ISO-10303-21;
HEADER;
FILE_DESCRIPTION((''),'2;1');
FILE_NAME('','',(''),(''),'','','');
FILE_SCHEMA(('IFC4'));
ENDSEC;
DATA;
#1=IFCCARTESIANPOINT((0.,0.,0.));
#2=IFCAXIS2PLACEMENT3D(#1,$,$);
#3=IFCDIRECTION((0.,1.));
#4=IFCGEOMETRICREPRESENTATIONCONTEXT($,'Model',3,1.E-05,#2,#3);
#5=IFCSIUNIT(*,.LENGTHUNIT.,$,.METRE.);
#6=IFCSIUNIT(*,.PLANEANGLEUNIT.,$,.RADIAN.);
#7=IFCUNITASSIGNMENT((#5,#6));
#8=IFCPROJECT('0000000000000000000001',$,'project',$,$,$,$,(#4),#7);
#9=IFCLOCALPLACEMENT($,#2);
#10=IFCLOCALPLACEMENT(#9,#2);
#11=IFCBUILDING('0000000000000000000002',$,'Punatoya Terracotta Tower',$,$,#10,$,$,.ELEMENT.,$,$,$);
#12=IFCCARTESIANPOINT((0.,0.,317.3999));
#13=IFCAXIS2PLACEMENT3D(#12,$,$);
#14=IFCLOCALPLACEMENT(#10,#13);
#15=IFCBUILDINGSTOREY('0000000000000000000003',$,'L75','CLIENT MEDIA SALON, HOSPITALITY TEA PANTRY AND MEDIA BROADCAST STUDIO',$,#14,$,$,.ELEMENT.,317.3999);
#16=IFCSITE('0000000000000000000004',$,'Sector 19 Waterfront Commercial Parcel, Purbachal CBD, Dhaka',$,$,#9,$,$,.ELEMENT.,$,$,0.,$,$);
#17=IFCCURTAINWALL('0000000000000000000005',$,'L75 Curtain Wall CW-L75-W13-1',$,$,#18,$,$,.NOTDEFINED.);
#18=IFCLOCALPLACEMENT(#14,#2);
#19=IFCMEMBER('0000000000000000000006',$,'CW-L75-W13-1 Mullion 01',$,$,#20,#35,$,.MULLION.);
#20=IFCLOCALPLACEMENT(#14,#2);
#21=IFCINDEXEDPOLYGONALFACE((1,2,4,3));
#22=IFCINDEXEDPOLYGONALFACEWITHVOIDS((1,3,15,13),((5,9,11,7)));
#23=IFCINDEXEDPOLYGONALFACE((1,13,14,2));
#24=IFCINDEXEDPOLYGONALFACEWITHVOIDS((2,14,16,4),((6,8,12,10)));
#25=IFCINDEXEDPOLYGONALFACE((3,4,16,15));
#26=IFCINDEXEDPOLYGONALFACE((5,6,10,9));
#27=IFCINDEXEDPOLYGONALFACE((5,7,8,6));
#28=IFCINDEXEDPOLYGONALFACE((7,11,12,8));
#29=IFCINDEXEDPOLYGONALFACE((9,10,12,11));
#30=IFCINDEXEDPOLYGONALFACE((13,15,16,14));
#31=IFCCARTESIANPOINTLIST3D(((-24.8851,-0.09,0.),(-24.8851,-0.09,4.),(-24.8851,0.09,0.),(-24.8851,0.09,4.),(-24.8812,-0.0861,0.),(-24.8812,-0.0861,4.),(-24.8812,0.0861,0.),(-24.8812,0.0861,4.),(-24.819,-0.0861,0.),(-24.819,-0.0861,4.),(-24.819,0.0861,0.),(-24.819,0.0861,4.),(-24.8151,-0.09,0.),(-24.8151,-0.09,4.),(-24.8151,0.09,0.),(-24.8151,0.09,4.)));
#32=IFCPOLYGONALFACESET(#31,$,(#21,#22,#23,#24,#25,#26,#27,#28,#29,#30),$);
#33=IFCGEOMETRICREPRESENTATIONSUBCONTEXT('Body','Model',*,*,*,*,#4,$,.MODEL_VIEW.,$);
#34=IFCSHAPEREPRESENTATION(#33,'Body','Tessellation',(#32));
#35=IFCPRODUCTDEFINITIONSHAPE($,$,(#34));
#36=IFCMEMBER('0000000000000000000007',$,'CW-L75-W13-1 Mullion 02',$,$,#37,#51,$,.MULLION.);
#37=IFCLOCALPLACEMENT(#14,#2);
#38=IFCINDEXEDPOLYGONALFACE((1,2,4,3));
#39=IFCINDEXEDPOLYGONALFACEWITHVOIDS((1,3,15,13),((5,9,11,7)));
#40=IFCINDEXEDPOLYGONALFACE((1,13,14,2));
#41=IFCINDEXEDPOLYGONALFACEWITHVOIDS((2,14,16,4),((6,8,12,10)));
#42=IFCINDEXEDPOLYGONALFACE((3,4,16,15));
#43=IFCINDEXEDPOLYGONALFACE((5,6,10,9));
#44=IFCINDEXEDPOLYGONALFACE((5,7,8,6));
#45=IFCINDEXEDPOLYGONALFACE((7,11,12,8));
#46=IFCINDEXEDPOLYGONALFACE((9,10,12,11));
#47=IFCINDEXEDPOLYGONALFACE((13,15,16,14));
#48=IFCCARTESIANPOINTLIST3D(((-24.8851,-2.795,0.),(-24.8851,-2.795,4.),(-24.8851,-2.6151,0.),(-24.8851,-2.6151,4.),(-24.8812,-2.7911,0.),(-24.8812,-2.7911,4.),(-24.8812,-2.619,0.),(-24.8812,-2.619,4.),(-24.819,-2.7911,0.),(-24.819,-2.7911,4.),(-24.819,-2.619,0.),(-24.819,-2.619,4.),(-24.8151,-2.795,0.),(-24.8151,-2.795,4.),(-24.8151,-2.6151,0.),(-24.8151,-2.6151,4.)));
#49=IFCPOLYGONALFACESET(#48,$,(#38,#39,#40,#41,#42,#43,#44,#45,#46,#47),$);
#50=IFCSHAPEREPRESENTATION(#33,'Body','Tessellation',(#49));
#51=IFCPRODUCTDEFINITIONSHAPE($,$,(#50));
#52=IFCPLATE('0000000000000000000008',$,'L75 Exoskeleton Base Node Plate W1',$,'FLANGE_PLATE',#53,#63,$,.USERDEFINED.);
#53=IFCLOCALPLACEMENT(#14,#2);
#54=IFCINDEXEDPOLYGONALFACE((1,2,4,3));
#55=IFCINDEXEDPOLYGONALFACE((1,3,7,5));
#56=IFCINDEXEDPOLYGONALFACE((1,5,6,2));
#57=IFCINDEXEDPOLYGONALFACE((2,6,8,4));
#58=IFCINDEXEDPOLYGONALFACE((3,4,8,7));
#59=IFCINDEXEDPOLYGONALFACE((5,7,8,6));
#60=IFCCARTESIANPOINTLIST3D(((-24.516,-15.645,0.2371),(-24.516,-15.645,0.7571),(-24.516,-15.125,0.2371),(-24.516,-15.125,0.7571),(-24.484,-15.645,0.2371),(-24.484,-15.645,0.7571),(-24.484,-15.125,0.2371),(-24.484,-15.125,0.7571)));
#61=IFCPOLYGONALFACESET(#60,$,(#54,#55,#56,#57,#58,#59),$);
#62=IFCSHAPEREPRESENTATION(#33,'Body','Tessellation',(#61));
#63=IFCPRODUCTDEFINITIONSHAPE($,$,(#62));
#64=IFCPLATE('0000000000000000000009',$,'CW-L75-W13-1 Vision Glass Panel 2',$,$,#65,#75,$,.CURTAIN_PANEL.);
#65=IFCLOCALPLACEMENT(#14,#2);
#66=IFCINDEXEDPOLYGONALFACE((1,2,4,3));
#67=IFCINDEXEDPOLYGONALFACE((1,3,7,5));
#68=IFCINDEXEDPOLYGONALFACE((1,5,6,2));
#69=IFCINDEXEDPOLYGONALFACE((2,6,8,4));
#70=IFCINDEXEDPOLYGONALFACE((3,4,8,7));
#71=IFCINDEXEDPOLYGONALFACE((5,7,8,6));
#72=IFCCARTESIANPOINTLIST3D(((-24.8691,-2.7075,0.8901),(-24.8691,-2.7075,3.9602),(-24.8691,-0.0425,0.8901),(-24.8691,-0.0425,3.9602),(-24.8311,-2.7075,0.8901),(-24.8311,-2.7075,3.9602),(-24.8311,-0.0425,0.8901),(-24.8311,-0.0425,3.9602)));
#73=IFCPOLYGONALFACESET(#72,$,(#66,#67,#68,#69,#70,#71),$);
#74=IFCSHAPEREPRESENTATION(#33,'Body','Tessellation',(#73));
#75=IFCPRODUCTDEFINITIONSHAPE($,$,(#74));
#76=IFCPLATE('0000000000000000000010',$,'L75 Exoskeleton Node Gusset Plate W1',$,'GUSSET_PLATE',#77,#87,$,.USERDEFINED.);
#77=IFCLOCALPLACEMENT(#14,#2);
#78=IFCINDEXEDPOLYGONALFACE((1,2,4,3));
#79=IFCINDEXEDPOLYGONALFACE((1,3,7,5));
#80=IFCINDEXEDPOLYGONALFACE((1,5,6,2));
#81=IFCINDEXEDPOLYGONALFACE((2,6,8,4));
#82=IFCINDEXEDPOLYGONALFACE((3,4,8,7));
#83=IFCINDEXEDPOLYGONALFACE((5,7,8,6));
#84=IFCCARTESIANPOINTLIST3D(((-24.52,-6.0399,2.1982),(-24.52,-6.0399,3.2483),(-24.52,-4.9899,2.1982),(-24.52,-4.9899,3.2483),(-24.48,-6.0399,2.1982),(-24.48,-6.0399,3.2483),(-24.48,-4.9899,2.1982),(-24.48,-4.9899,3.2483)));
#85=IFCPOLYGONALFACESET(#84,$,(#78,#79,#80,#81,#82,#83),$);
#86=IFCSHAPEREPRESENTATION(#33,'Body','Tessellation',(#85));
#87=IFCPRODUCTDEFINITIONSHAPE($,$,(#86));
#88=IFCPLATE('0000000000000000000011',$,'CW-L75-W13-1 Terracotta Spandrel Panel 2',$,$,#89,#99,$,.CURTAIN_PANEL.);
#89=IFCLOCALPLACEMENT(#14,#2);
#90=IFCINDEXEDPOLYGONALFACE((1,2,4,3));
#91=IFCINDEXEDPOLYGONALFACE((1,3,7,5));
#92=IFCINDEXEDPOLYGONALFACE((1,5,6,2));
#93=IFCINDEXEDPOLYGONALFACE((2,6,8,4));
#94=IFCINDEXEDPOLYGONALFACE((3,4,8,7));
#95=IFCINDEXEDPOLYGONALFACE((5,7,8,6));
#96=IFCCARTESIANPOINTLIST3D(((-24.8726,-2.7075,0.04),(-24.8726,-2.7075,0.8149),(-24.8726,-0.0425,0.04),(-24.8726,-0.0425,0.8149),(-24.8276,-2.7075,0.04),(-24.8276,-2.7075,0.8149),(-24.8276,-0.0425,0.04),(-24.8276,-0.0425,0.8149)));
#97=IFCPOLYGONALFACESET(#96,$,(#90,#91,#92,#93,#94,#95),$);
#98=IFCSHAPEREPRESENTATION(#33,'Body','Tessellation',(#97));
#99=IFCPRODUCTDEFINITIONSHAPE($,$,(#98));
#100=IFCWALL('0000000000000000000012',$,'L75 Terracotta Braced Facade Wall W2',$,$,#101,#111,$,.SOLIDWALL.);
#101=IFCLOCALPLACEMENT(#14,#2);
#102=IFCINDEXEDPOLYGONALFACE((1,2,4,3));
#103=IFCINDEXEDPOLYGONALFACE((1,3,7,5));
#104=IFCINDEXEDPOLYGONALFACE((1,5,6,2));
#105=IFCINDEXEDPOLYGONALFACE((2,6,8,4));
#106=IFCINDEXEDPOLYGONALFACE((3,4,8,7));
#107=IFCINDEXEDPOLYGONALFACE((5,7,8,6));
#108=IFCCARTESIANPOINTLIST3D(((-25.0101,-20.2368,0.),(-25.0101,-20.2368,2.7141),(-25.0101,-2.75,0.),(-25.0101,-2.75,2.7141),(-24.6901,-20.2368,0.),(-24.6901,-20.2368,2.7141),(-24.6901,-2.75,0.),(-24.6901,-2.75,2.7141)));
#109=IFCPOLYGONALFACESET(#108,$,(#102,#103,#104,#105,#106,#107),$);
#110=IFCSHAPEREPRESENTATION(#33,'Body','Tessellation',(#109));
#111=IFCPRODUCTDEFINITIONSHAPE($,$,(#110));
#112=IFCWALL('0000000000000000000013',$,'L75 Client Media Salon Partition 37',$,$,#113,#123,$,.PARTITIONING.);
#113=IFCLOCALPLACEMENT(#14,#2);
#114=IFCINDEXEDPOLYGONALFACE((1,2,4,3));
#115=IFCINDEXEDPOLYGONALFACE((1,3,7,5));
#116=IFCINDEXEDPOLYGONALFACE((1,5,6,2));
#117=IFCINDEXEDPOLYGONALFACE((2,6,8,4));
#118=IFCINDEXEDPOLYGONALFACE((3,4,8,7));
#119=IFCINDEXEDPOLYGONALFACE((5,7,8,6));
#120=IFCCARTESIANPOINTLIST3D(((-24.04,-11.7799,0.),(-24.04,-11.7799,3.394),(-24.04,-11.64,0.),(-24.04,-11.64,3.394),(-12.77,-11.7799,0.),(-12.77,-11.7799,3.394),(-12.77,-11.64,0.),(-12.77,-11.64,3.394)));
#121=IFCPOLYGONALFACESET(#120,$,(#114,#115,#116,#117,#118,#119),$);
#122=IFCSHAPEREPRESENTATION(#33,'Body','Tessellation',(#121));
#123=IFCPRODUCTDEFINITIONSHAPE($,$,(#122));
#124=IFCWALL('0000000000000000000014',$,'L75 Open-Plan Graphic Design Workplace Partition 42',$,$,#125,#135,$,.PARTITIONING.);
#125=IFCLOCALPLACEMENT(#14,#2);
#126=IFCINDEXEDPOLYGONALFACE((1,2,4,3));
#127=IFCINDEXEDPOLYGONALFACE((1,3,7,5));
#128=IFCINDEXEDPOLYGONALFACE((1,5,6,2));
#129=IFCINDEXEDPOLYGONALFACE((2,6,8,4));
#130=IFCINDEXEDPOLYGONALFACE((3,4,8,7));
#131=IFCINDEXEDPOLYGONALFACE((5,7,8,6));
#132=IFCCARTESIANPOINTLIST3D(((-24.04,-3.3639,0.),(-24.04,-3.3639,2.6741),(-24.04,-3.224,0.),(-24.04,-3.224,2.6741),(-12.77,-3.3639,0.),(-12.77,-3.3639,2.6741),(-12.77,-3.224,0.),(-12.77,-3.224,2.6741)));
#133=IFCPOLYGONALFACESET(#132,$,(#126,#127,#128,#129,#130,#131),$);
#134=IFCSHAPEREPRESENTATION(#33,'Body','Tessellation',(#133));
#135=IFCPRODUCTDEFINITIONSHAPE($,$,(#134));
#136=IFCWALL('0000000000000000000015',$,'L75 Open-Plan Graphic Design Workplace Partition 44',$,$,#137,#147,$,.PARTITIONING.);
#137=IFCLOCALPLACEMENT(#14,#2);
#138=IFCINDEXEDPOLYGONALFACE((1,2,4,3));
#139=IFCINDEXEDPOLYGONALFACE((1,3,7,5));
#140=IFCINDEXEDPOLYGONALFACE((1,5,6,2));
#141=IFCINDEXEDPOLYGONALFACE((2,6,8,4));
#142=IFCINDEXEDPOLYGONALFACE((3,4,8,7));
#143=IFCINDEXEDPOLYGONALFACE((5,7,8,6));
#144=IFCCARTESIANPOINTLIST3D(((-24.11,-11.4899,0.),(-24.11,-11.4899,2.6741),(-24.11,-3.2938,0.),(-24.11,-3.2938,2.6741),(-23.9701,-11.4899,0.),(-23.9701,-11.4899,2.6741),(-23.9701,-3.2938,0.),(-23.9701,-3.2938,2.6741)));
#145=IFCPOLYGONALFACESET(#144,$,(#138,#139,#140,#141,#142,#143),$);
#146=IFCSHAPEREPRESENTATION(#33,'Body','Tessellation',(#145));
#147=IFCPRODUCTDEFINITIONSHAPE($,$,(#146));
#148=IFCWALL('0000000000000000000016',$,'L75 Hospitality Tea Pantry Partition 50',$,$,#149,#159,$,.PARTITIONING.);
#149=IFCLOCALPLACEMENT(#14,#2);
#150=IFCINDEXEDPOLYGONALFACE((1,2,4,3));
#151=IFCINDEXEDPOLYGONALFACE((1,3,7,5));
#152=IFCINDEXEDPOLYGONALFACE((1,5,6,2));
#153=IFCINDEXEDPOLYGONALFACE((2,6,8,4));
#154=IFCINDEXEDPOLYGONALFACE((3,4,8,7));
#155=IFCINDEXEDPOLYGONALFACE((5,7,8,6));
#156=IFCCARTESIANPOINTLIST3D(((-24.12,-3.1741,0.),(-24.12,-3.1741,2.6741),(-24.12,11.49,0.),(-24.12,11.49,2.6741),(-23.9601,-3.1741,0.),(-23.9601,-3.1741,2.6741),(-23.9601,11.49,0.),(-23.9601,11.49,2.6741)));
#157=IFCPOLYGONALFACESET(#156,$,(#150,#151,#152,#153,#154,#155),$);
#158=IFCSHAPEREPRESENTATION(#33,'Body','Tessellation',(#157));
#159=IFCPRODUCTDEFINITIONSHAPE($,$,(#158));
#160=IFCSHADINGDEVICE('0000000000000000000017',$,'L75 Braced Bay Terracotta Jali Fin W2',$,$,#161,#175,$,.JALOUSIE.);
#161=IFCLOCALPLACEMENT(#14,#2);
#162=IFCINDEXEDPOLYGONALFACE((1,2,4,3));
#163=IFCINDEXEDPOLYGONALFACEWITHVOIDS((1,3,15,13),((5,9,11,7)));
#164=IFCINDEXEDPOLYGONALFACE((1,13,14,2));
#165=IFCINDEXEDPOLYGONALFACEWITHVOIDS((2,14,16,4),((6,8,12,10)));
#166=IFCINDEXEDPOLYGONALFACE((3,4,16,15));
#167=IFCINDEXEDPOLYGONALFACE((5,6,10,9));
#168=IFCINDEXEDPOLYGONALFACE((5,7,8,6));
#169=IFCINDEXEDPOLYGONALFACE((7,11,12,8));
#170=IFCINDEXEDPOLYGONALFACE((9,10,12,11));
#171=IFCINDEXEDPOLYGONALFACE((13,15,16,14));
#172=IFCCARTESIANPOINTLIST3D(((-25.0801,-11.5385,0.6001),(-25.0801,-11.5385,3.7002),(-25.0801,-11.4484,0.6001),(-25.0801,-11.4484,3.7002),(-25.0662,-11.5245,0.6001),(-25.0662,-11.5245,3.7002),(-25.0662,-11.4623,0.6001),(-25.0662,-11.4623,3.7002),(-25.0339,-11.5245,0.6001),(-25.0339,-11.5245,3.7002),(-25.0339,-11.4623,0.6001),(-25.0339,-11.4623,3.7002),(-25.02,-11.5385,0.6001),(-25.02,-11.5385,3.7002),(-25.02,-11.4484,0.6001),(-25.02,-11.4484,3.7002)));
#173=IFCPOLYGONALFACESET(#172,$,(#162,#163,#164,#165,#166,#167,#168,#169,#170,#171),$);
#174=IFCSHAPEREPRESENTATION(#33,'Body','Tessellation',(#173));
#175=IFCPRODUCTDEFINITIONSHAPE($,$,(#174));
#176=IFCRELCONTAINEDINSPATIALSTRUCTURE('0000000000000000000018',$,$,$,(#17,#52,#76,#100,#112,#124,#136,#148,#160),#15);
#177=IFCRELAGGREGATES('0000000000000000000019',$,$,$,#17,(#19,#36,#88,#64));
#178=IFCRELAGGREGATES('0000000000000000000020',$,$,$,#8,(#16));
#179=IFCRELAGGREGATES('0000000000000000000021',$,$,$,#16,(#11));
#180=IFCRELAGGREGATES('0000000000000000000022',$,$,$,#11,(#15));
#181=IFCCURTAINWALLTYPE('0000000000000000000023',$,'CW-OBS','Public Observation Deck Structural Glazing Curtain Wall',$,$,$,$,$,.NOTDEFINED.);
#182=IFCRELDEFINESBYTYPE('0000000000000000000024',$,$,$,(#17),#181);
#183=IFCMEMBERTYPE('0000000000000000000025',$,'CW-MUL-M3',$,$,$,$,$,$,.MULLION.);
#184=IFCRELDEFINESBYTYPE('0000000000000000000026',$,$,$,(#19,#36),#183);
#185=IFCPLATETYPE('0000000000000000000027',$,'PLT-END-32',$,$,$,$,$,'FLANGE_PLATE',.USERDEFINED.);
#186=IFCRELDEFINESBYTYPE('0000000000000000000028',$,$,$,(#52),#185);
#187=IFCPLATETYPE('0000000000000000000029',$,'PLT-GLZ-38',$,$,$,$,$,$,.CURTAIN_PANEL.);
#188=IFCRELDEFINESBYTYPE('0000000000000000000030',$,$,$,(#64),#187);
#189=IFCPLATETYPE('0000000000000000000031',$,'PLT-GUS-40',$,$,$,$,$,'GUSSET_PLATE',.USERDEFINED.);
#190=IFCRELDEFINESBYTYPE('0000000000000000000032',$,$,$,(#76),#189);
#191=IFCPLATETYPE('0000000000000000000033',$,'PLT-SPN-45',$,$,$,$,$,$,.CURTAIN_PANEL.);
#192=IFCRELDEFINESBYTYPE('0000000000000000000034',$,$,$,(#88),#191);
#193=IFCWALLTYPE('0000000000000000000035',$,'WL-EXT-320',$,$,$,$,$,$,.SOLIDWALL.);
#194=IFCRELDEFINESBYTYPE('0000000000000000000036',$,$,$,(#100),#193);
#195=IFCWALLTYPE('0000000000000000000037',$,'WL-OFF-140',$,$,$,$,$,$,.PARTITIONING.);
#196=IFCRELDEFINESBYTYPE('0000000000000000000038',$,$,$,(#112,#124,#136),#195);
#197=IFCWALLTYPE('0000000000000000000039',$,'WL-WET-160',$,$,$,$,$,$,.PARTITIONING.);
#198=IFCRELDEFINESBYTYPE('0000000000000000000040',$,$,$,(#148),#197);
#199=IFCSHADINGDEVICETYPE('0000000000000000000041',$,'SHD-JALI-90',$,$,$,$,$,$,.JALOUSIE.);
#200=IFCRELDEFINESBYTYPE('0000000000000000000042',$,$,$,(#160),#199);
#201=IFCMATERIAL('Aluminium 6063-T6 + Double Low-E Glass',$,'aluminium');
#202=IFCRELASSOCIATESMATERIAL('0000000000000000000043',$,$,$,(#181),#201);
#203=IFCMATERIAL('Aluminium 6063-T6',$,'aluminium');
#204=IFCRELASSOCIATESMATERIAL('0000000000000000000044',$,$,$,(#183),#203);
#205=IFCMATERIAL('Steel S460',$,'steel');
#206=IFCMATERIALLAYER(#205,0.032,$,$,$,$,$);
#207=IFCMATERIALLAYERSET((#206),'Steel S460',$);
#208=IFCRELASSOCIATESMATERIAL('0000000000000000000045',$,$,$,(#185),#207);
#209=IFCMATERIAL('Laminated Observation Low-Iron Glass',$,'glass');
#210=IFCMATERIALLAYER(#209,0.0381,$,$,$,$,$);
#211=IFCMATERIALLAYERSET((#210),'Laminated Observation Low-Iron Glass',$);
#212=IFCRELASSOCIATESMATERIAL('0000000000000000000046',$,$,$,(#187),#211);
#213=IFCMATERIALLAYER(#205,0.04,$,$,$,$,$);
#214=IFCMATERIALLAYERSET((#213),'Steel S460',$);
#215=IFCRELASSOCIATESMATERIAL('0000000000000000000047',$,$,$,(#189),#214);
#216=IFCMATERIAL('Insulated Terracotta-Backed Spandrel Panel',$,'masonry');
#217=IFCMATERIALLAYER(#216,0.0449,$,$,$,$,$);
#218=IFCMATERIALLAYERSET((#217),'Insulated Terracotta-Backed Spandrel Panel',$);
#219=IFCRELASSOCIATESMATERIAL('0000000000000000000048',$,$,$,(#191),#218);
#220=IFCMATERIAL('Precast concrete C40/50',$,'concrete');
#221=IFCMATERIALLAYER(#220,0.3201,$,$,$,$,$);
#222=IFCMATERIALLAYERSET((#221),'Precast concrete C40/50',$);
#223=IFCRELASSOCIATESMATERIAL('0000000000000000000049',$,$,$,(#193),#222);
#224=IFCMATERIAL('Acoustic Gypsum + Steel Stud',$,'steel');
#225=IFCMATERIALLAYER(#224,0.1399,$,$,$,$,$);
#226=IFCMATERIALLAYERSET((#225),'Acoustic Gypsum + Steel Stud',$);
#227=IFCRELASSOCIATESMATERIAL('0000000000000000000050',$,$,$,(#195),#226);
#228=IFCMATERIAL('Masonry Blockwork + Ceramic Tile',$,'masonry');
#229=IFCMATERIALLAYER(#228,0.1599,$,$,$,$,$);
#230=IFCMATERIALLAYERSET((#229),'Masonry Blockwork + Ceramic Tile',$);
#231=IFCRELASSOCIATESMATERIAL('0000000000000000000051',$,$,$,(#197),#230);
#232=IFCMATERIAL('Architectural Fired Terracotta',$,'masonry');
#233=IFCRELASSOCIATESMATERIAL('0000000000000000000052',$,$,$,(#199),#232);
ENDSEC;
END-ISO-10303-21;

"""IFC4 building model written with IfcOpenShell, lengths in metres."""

from ifc_helpers import new_model, si_unit, direction, frame, frame_2d, origin, origin_2d, place, context, subcontext, project, spatial, rectangle, hollow_rectangle, extrude, material, layer, layer_set, material_profile, profile_set, type_object, element, aggregate, save


model = new_model("IFC4")

# Units and contexts
model_context = context("Model", 3, precision=1e-05, world=origin(), true_north=direction((0.0, 1.0)))
body_context = subcontext(model_context, "Body", "Model", "MODEL_VIEW")
ifc_project = project(units=[si_unit("LENGTHUNIT", "METRE"), si_unit("PLANEANGLEUNIT", "RADIAN")], contexts=[model_context])

# Site, building, storey
site_placement = place(None, origin())
site = spatial("IfcSite", under=ifc_project, at=site_placement, Name="Sector 19 Waterfront Commercial Parcel, Purbachal CBD, Dhaka", CompositionType="ELEMENT", RefElevation=0.0)
building_placement = place(site_placement, origin())
building = spatial("IfcBuilding", under=site, at=building_placement, Name="Punatoya Terracotta Tower", CompositionType="ELEMENT")
storey_placement = place(building_placement, frame((0.0, 0.0, 317.3999)))
storey = spatial("IfcBuildingStorey", under=building, at=storey_placement, Name="L75", Description="CLIENT MEDIA SALON, HOSPITALITY TEA PANTRY AND MEDIA BROADCAST STUDIO", CompositionType="ELEMENT", Elevation=317.3999)

# Shared definitions
ifc_material_1 = material(Name="Steel S460", Category="steel")

# Curtain wall, members
ifc_material_2 = material(Name="Aluminium 6063-T6 + Double Low-E Glass", Category="aluminium")
curtain_wall_type = type_object("IfcCurtainWallType", Name="CW-OBS", Description="Public Observation Deck Structural Glazing Curtain Wall", PredefinedType="NOTDEFINED", material=ifc_material_2)
curtain_wall_placement = place(storey_placement, origin())
curtain_wall = element("IfcCurtainWall", 1, at=curtain_wall_placement, inside=storey, type_object=curtain_wall_type, Name="L75 Curtain Wall CW-L75-W13-1", PredefinedType="NOTDEFINED")
ifc_material_3 = material(Name="Aluminium 6063-T6", Category="aluminium")
ifc_material_profile_1 = material_profile(ifc_material_3, hollow_rectangle(XDim=0.0701, YDim=0.1799, WallThickness=0.0039, at=origin_2d()))
ifc_profile_set_1 = profile_set([ifc_material_profile_1], Name="Aluminium 6063-T6")
member_type = type_object("IfcMemberType", Name="CW-MUL-M3", PredefinedType="MULLION", material=ifc_profile_set_1)
member_1_placement = place(storey_placement, frame((-24.8501, 0.0, 0.0), z_axis=(0.0, 0.0, 1.0), x_axis=(1.0, 0.0, 0.0)))
member_1 = element("IfcMember", 2, at=member_1_placement, type_object=member_type, Name="CW-L75-W13-1 Mullion 01", PredefinedType="MULLION", context=body_context, shape_type="SweptSolid", body=[
    extrude(hollow_rectangle(XDim=0.0701, YDim=0.1799, WallThickness=0.0039, at=origin_2d()), origin(), (0.0, 0.0, 1.0), 4.0),
])
member_2_placement = place(storey_placement, frame((-24.8501, -2.7051, 0.0), z_axis=(0.0, 0.0, 1.0), x_axis=(1.0, 0.0, 0.0)))
member_2 = element("IfcMember", 3, at=member_2_placement, type_object=member_type, Name="CW-L75-W13-1 Mullion 02", PredefinedType="MULLION", context=body_context, shape_type="SweptSolid", body=[
    extrude(hollow_rectangle(XDim=0.0701, YDim=0.1799, WallThickness=0.0039, at=origin_2d()), origin(), (0.0, 0.0, 1.0), 4.0),
])

# Plates
ifc_layer_1 = layer(ifc_material_1, 0.032)
ifc_layer_set_1 = layer_set([ifc_layer_1], Name="Steel S460")
plate_type_1 = type_object("IfcPlateType", Name="PLT-END-32", ElementType="FLANGE_PLATE", PredefinedType="USERDEFINED", material=ifc_layer_set_1)
plate_1_placement = place(storey_placement, frame((-24.5, -15.385, 0.2371), z_axis=(0.0, 0.0, 1.0), x_axis=(0.0, 1.0, 0.0)))
element("IfcPlate", 4, at=plate_1_placement, inside=storey, type_object=plate_type_1, Name="L75 Exoskeleton Base Node Plate W1", ObjectType="FLANGE_PLATE", PredefinedType="USERDEFINED", context=body_context, shape_type="SweptSolid", body=[
    extrude(rectangle(XDim=0.52, YDim=0.032, at=origin_2d()), origin(), (0.0, 0.0, 1.0), 0.52),
])
ifc_material_4 = material(Name="Laminated Observation Low-Iron Glass", Category="glass")
ifc_layer_2 = layer(ifc_material_4, 0.0381)
ifc_layer_set_2 = layer_set([ifc_layer_2], Name="Laminated Observation Low-Iron Glass")
plate_type_2 = type_object("IfcPlateType", Name="PLT-GLZ-38", PredefinedType="CURTAIN_PANEL", material=ifc_layer_set_2)
plate_2_placement = place(storey_placement, frame((-24.8501, -1.375, 0.8901), z_axis=(0.0, 0.0, 1.0), x_axis=(0.0, -1.0, 0.0)))
plate_2 = element("IfcPlate", 5, at=plate_2_placement, type_object=plate_type_2, Name="CW-L75-W13-1 Vision Glass Panel 2", PredefinedType="CURTAIN_PANEL", context=body_context, shape_type="SweptSolid", body=[
    extrude(rectangle(XDim=2.665, YDim=0.0381, at=origin_2d()), origin(), (0.0, 0.0, 1.0), 3.0701),
])
ifc_layer_3 = layer(ifc_material_1, 0.04)
ifc_layer_set_3 = layer_set([ifc_layer_3], Name="Steel S460")
plate_type_3 = type_object("IfcPlateType", Name="PLT-GUS-40", ElementType="GUSSET_PLATE", PredefinedType="USERDEFINED", material=ifc_layer_set_3)
plate_3_placement = place(storey_placement, frame((-24.5, -5.5149, 2.1982), z_axis=(0.0, 0.0, 1.0), x_axis=(0.0, 1.0, 0.0)))
element("IfcPlate", 6, at=plate_3_placement, inside=storey, type_object=plate_type_3, Name="L75 Exoskeleton Node Gusset Plate W1", ObjectType="GUSSET_PLATE", PredefinedType="USERDEFINED", context=body_context, shape_type="SweptSolid", body=[
    extrude(rectangle(XDim=1.05, YDim=0.04, at=origin_2d()), origin(), (0.0, 0.0, 1.0), 1.05),
])
ifc_material_5 = material(Name="Insulated Terracotta-Backed Spandrel Panel", Category="masonry")
ifc_layer_4 = layer(ifc_material_5, 0.0449)
ifc_layer_set_4 = layer_set([ifc_layer_4], Name="Insulated Terracotta-Backed Spandrel Panel")
plate_type_4 = type_object("IfcPlateType", Name="PLT-SPN-45", PredefinedType="CURTAIN_PANEL", material=ifc_layer_set_4)
plate_4_placement = place(storey_placement, frame((-24.8501, -1.375, 0.04), z_axis=(0.0, 0.0, 1.0), x_axis=(0.0, -1.0, 0.0)))
plate_4 = element("IfcPlate", 7, at=plate_4_placement, type_object=plate_type_4, Name="CW-L75-W13-1 Terracotta Spandrel Panel 2", PredefinedType="CURTAIN_PANEL", context=body_context, shape_type="SweptSolid", body=[
    extrude(rectangle(XDim=2.665, YDim=0.0449, at=origin_2d()), origin(), (0.0, 0.0, 1.0), 0.7749),
])
aggregate(curtain_wall, [member_1, member_2, plate_4, plate_2])

# Walls
ifc_material_6 = material(Name="Precast concrete C40/50", Category="concrete")
ifc_layer_5 = layer(ifc_material_6, 0.3201)
ifc_layer_set_5 = layer_set([ifc_layer_5], Name="Precast concrete C40/50")
wall_type_1 = type_object("IfcWallType", Name="WL-EXT-320", PredefinedType="SOLIDWALL", material=ifc_layer_set_5)
wall_1_placement = place(storey_placement, frame((-24.8501, -2.75, 0.0), z_axis=(0.0, 0.0, 1.0), x_axis=(0.0, -1.0, 0.0)))
element("IfcWall", 8, at=wall_1_placement, inside=storey, type_object=wall_type_1, Name="L75 Terracotta Braced Facade Wall W2", PredefinedType="SOLIDWALL", context=body_context, shape_type="SweptSolid", body=[
    extrude(rectangle(XDim=17.4868, YDim=0.3201, at=frame_2d((8.7434, 0.0))), origin(), (0.0, 0.0, 1.0), 2.7141),
])
ifc_material_7 = material(Name="Acoustic Gypsum + Steel Stud", Category="steel")
ifc_layer_6 = layer(ifc_material_7, 0.1399)
ifc_layer_set_6 = layer_set([ifc_layer_6], Name="Acoustic Gypsum + Steel Stud")
wall_type_2 = type_object("IfcWallType", Name="WL-OFF-140", PredefinedType="PARTITIONING", material=ifc_layer_set_6)
wall_2_placement = place(storey_placement, frame((-24.04, -11.71, 0.0), z_axis=(0.0, 0.0, 1.0), x_axis=(1.0, 0.0, 0.0)))
element("IfcWall", 9, at=wall_2_placement, inside=storey, type_object=wall_type_2, Name="L75 Client Media Salon Partition 37", PredefinedType="PARTITIONING", context=body_context, shape_type="SweptSolid", body=[
    extrude(rectangle(XDim=11.27, YDim=0.1399, at=frame_2d((5.635, 0.0))), origin(), (0.0, 0.0, 1.0), 3.394),
])
wall_3_placement = place(storey_placement, frame((-24.04, -3.2939, 0.0), z_axis=(0.0, 0.0, 1.0), x_axis=(1.0, 0.0, 0.0)))
element("IfcWall", 10, at=wall_3_placement, inside=storey, type_object=wall_type_2, Name="L75 Open-Plan Graphic Design Workplace Partition 42", PredefinedType="PARTITIONING", context=body_context, shape_type="SweptSolid", body=[
    extrude(rectangle(XDim=11.27, YDim=0.1399, at=frame_2d((5.635, 0.0))), origin(), (0.0, 0.0, 1.0), 2.6741),
])
wall_4_placement = place(storey_placement, frame((-24.04, -11.49, 0.0), z_axis=(0.0, 0.0, 1.0), x_axis=(0.0, 1.0, 0.0)))
element("IfcWall", 11, at=wall_4_placement, inside=storey, type_object=wall_type_2, Name="L75 Open-Plan Graphic Design Workplace Partition 44", PredefinedType="PARTITIONING", context=body_context, shape_type="SweptSolid", body=[
    extrude(rectangle(XDim=8.196, YDim=0.1399, at=frame_2d((4.0981, 0.0))), origin(), (0.0, 0.0, 1.0), 2.6741),
])
ifc_material_8 = material(Name="Masonry Blockwork + Ceramic Tile", Category="masonry")
ifc_layer_7 = layer(ifc_material_8, 0.1599)
ifc_layer_set_7 = layer_set([ifc_layer_7], Name="Masonry Blockwork + Ceramic Tile")
wall_type_3 = type_object("IfcWallType", Name="WL-WET-160", PredefinedType="PARTITIONING", material=ifc_layer_set_7)
wall_5_placement = place(storey_placement, frame((-24.04, -3.1741, 0.0), z_axis=(0.0, 0.0, 1.0), x_axis=(0.0, 1.0, 0.0)))
element("IfcWall", 12, at=wall_5_placement, inside=storey, type_object=wall_type_3, Name="L75 Hospitality Tea Pantry Partition 50", PredefinedType="PARTITIONING", context=body_context, shape_type="SweptSolid", body=[
    extrude(rectangle(XDim=14.6641, YDim=0.1599, at=frame_2d((7.332, 0.0))), origin(), (0.0, 0.0, 1.0), 2.6741),
])

# Shading device
ifc_material_9 = material(Name="Architectural Fired Terracotta", Category="masonry")
ifc_material_profile_2 = material_profile(ifc_material_9, hollow_rectangle(XDim=0.0601, YDim=0.0901, WallThickness=0.0139, at=origin_2d()))
ifc_profile_set_2 = profile_set([ifc_material_profile_2], Name="Architectural Fired Terracotta")
shading_device_type = type_object("IfcShadingDeviceType", Name="SHD-JALI-90", PredefinedType="JALOUSIE", material=ifc_profile_set_2)
shading_device_placement = place(storey_placement, frame((-25.05, -11.4934, 0.6001), z_axis=(0.0, 0.0, 1.0), x_axis=(1.0, 0.0, 0.0)))
element("IfcShadingDevice", 13, at=shading_device_placement, inside=storey, type_object=shading_device_type, Name="L75 Braced Bay Terracotta Jali Fin W2", PredefinedType="JALOUSIE", context=body_context, shape_type="SweptSolid", body=[
    extrude(hollow_rectangle(XDim=0.0601, YDim=0.0901, WallThickness=0.0139, at=origin_2d()), origin(), (0.0, 0.0, 1.0), 3.1001),
])

save(model, "model.ifc")
